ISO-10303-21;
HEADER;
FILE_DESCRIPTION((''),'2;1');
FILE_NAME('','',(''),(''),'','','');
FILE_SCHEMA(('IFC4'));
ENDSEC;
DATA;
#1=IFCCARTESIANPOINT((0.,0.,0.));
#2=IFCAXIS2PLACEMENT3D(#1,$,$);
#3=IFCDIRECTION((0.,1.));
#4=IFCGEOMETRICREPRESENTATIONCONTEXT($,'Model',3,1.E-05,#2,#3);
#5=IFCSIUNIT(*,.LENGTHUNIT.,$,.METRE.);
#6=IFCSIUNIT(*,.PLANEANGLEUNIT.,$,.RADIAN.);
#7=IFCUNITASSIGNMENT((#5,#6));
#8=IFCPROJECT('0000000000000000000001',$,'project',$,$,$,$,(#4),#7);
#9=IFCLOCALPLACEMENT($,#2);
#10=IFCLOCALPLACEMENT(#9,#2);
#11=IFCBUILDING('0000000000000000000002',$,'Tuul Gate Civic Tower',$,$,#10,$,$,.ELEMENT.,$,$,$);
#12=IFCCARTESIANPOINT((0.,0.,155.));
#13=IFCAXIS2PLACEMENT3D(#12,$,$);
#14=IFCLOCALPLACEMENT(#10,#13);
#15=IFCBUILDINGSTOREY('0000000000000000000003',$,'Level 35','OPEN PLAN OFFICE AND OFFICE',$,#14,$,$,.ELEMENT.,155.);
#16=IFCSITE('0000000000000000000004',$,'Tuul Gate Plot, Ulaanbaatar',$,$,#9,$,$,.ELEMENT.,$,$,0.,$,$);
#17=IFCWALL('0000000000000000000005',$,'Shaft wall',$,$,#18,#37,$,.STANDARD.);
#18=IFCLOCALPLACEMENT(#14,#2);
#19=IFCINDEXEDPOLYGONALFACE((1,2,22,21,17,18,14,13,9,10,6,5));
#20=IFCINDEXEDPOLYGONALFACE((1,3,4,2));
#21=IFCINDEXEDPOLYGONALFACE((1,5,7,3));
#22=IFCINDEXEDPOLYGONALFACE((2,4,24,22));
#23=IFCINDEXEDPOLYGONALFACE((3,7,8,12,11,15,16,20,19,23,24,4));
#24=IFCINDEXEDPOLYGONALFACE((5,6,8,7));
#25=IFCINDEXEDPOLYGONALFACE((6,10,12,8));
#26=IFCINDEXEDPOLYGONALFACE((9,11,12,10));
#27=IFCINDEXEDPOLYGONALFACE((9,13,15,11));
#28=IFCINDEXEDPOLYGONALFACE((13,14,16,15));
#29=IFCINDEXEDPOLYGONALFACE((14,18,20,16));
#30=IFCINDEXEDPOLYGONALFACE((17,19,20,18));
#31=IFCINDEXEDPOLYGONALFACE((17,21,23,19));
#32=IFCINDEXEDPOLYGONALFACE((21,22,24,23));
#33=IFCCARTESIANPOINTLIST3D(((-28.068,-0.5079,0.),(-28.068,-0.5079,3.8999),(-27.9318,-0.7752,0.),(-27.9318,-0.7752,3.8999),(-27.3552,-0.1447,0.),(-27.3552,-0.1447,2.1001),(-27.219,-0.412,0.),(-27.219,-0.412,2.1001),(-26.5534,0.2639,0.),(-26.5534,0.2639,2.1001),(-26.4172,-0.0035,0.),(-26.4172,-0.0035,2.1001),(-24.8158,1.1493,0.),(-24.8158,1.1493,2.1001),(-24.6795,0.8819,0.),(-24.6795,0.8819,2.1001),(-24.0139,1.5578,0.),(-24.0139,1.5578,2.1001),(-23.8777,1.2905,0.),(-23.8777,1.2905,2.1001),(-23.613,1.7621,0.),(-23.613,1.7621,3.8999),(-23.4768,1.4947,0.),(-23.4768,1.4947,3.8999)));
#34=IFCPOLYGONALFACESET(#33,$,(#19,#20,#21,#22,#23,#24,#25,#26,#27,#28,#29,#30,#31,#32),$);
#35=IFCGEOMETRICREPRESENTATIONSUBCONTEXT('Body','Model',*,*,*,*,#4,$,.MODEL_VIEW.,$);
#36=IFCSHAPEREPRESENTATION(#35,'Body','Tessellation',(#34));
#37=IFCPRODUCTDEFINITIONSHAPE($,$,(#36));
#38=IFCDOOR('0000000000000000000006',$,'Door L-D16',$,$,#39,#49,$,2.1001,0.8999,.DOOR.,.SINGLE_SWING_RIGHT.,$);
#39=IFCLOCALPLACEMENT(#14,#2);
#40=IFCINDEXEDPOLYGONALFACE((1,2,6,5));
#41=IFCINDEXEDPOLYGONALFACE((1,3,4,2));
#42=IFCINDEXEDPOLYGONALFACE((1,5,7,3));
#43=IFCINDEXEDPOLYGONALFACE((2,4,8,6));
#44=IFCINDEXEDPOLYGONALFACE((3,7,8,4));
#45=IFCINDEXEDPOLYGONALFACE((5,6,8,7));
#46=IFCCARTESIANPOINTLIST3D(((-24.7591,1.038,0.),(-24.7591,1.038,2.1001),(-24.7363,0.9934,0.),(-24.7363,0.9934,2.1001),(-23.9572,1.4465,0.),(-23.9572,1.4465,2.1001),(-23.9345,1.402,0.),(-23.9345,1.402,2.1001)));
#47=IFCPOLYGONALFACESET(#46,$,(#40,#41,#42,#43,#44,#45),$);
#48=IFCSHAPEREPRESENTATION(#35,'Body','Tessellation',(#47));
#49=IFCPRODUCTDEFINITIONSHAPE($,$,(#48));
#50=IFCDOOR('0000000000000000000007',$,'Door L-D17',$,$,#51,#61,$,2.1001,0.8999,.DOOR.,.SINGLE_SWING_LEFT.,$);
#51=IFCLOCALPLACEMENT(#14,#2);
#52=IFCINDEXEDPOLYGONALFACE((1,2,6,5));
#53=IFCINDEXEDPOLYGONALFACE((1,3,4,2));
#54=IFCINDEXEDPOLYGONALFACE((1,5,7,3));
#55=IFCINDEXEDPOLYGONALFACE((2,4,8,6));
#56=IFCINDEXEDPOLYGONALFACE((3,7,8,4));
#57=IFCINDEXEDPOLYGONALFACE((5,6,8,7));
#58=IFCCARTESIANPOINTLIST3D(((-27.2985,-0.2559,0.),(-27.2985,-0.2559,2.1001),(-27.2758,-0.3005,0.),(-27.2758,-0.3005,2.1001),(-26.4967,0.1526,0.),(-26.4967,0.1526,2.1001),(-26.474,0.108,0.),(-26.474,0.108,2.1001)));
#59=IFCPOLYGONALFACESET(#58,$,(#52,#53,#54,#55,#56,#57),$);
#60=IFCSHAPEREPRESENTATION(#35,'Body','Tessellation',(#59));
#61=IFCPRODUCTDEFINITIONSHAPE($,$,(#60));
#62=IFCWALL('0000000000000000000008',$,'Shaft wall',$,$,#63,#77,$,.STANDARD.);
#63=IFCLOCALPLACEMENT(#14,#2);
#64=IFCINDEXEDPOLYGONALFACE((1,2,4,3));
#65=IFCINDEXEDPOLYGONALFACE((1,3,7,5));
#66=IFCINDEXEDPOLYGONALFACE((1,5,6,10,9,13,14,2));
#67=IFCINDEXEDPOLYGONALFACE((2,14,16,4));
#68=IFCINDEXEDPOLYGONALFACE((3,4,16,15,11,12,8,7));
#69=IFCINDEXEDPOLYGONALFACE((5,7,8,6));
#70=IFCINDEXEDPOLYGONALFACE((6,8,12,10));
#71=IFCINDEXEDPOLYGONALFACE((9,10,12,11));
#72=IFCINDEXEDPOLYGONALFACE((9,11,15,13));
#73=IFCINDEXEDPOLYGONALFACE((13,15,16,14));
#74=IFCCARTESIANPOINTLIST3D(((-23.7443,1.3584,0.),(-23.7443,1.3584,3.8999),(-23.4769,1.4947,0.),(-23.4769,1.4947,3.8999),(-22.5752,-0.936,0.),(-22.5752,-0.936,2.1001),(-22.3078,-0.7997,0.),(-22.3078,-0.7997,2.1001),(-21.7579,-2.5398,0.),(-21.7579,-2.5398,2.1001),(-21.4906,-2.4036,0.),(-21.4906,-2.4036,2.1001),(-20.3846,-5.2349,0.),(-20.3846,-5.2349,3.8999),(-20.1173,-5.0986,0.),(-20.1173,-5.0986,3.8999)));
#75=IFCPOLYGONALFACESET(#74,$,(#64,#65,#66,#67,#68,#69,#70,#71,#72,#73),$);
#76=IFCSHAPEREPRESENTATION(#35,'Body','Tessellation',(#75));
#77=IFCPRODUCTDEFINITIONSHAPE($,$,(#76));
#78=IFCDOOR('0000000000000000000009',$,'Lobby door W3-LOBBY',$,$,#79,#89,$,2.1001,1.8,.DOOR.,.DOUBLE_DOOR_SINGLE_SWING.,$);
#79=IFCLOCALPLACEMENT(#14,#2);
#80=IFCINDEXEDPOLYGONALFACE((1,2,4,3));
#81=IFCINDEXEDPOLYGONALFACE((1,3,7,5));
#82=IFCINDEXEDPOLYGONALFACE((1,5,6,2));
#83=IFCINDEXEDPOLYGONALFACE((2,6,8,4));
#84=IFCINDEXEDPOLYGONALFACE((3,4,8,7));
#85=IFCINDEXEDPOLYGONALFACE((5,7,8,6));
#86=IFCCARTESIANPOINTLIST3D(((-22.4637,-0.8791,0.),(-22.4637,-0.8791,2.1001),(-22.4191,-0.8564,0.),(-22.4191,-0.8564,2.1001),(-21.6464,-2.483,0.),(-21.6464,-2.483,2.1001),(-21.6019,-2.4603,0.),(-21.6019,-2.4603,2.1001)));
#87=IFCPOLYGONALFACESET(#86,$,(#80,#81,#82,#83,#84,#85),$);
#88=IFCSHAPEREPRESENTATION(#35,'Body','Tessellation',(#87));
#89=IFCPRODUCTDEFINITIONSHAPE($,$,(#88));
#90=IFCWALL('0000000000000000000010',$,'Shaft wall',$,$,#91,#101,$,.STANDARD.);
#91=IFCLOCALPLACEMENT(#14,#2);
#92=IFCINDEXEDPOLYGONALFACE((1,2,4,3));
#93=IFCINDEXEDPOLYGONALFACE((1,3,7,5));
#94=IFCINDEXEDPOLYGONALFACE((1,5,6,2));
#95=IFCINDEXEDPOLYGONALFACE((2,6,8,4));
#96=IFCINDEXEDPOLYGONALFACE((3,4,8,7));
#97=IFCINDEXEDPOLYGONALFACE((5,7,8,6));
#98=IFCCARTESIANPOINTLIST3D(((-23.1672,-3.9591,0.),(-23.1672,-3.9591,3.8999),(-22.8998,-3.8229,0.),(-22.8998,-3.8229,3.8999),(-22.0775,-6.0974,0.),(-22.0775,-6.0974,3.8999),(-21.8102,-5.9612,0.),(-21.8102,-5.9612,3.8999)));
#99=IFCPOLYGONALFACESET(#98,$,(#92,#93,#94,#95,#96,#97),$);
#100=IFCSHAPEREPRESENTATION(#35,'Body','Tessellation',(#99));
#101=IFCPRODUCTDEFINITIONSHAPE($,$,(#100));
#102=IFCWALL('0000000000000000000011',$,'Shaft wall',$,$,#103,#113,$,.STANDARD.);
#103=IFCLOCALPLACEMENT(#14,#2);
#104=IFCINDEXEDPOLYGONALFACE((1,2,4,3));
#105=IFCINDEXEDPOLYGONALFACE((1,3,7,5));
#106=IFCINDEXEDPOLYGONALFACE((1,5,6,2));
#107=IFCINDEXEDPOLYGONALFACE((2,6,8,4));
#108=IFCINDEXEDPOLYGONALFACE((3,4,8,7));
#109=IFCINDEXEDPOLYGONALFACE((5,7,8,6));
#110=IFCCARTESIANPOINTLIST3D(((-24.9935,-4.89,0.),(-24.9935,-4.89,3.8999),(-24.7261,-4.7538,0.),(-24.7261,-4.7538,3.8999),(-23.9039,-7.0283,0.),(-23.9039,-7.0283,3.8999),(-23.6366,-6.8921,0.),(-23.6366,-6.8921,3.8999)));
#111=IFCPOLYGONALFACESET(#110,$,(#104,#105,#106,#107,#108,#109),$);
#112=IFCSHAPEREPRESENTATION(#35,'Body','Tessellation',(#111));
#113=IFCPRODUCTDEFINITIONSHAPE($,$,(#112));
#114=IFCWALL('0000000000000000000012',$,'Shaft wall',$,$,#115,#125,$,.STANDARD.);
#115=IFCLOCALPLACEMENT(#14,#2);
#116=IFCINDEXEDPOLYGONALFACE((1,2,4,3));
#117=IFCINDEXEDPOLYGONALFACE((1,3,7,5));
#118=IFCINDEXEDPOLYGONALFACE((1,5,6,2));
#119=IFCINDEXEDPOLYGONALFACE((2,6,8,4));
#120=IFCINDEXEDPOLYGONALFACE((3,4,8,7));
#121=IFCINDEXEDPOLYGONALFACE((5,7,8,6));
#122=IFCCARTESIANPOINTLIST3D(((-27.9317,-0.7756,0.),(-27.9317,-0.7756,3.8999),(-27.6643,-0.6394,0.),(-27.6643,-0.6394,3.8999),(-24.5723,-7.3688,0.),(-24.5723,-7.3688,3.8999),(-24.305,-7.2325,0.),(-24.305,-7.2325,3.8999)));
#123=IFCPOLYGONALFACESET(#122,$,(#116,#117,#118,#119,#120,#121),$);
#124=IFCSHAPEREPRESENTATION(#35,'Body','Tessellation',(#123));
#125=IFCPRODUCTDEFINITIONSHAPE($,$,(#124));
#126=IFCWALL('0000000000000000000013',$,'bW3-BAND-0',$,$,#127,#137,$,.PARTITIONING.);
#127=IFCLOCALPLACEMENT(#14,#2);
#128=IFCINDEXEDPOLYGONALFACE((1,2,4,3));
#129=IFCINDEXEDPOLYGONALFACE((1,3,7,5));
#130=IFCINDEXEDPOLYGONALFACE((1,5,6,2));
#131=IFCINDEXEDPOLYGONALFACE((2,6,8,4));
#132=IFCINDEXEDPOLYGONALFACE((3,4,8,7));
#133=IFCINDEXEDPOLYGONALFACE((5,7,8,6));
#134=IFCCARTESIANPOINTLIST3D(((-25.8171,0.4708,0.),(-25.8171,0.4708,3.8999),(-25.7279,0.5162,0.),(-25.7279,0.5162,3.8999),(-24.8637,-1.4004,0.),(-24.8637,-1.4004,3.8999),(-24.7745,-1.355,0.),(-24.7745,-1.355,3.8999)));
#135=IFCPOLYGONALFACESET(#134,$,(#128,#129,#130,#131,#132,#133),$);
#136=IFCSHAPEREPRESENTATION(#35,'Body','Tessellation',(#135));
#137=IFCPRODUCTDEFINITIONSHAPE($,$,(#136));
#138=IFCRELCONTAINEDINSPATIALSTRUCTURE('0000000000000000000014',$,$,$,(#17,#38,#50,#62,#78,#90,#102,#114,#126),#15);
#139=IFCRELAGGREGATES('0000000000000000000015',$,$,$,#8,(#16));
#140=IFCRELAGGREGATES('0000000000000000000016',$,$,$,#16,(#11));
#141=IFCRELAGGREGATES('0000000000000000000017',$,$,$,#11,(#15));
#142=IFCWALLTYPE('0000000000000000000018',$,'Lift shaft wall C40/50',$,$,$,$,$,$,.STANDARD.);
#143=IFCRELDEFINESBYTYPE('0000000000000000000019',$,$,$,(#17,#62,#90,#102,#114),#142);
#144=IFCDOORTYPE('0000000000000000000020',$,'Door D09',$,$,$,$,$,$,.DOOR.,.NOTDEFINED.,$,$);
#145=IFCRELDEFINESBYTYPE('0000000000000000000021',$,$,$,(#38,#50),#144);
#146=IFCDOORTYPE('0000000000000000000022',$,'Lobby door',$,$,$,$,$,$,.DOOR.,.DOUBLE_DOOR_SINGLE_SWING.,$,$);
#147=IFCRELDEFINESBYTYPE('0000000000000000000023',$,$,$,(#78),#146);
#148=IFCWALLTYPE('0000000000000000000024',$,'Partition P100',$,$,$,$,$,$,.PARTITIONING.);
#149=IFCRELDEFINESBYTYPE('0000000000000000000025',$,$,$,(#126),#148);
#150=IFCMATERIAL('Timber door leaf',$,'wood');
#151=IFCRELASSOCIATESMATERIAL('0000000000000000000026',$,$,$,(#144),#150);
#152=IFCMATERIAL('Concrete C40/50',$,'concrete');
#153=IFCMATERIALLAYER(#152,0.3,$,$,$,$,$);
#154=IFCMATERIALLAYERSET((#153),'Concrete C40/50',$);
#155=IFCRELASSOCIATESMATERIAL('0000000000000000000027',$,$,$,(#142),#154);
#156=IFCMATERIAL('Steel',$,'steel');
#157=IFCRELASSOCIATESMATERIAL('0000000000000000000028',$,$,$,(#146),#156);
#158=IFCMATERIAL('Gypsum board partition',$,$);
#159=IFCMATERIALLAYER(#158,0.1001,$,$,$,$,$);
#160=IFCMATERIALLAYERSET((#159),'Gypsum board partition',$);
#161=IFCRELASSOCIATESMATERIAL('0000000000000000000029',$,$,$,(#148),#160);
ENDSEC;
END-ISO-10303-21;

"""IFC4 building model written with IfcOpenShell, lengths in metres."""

from ifc_helpers import new_model, si_unit, direction, frame, frame_2d, origin, place, context, subcontext, project, spatial, rectangle, extrude, material, layer, layer_set, type_object, element, fill, save


model = new_model("IFC4")

# Units and contexts
model_context = context("Model", 3, precision=1e-05, world=origin(), true_north=direction((0.0, 1.0)))
body_context = subcontext(model_context, "Body", "Model", "MODEL_VIEW")
ifc_project = project(units=[si_unit("LENGTHUNIT", "METRE"), si_unit("PLANEANGLEUNIT", "RADIAN")], contexts=[model_context])

# Site, building, storey
site_placement = place(None, origin())
site = spatial("IfcSite", under=ifc_project, at=site_placement, Name="Tuul Gate Plot, Ulaanbaatar", CompositionType="ELEMENT", RefElevation=0.0)
building_placement = place(site_placement, origin())
building = spatial("IfcBuilding", under=site, at=building_placement, Name="Tuul Gate Civic Tower", CompositionType="ELEMENT")
storey_placement = place(building_placement, frame((0.0, 0.0, 155.0)))
storey = spatial("IfcBuildingStorey", under=building, at=storey_placement, Name="Level 35", Description="OPEN PLAN OFFICE AND OFFICE", CompositionType="ELEMENT", Elevation=155.0)

# Shared definitions
ifc_material_1 = material(Name="Timber door leaf", Category="wood")
door_type_1 = type_object("IfcDoorType", Name="Door D09", OperationType="NOTDEFINED", PredefinedType="DOOR", material=ifc_material_1)

# Shared definitions
ifc_material_2 = material(Name="Concrete C40/50", Category="concrete")
ifc_layer_1 = layer(ifc_material_2, 0.3)
ifc_layer_set_1 = layer_set([ifc_layer_1], Name="Concrete C40/50")
wall_type_1 = type_object("IfcWallType", Name="Lift shaft wall C40/50", PredefinedType="STANDARD", material=ifc_layer_set_1)

# Wall, openings, doors
wall_1_placement = place(storey_placement, frame((-23.5449, 1.6284, 0.0), z_axis=(0.0, 0.0, 1.0), x_axis=(-0.891003, -0.453997, 0.0)))
wall_1 = element("IfcWall", 1, at=wall_1_placement, inside=storey, type_object=wall_type_1, Name="Shaft wall", PredefinedType="STANDARD", context=body_context, shape_type="SweptSolid", body=[
    extrude(rectangle(XDim=5.0, YDim=0.3, at=frame_2d((2.5, 0.0))), origin(), (0.0, 0.0, 1.0), 3.8999),
])
opening_1_placement = place(wall_1_placement, frame((0.45, 0.0, 0.0)))
opening_1 = element("IfcOpeningElement", 2, at=opening_1_placement, cuts=wall_1, PredefinedType="OPENING", context=body_context, shape_type="SweptSolid", body=[
    extrude(rectangle(XDim=0.8999, YDim=2.1001, at=frame_2d((0.45, 1.05))), frame((0.0, 0.1602, 0.0), z_axis=(0.0, -1.0, 0.0), x_axis=(1.0, 0.0, 0.0)), (0.0, 0.0, 1.0), 0.3201),
])
opening_2_placement = place(wall_1_placement, frame((3.3, 0.0, 0.0)))
opening_2 = element("IfcOpeningElement", 3, at=opening_2_placement, cuts=wall_1, PredefinedType="OPENING", context=body_context, shape_type="SweptSolid", body=[
    extrude(rectangle(XDim=0.8999, YDim=2.1001, at=frame_2d((0.45, 1.05))), frame((0.0, 0.1602, 0.0), z_axis=(0.0, -1.0, 0.0), x_axis=(1.0, 0.0, 0.0)), (0.0, 0.0, 1.0), 0.3201),
])
door_1_placement = place(opening_1_placement, origin())
door_1 = element("IfcDoor", 4, at=door_1_placement, inside=storey, type_object=door_type_1, Name="Door L-D16", OperationType="SINGLE_SWING_RIGHT", OverallHeight=2.1001, OverallWidth=0.8999, PredefinedType="DOOR", context=body_context, shape_type="SweptSolid", body=[
    extrude(rectangle(XDim=0.8999, YDim=2.1001, at=frame_2d((0.45, 1.05))), frame((0.0, 0.0249, 0.0), z_axis=(0.0, -1.0, 0.0), x_axis=(1.0, 0.0, 0.0)), (0.0, 0.0, 1.0), 0.05),
])
fill(opening_1, door_1)
door_2_placement = place(opening_2_placement, origin())
door_2 = element("IfcDoor", 5, at=door_2_placement, inside=storey, type_object=door_type_1, Name="Door L-D17", OperationType="SINGLE_SWING_LEFT", OverallHeight=2.1001, OverallWidth=0.8999, PredefinedType="DOOR", context=body_context, shape_type="SweptSolid", body=[
    extrude(rectangle(XDim=0.8999, YDim=2.1001, at=frame_2d((0.45, 1.05))), frame((0.0, 0.0249, 0.0), z_axis=(0.0, -1.0, 0.0), x_axis=(1.0, 0.0, 0.0)), (0.0, 0.0, 1.0), 0.05),
])
fill(opening_2, door_2)

# Wall, opening, door
wall_2_placement = place(storey_placement, frame((-20.251, -5.1667, 0.0), z_axis=(0.0, 0.0, 1.0), x_axis=(-0.45401, 0.890996, 0.0)))
wall_2 = element("IfcWall", 6, at=wall_2_placement, inside=storey, type_object=wall_type_1, Name="Shaft wall", PredefinedType="STANDARD", context=body_context, shape_type="SweptSolid", body=[
    extrude(rectangle(XDim=7.3999, YDim=0.3, at=frame_2d((3.7, 0.0))), origin(), (0.0, 0.0, 1.0), 3.8999),
])
opening_3_placement = place(wall_2_placement, frame((3.0249, 0.0, 0.0)))
opening_3 = element("IfcOpeningElement", 7, at=opening_3_placement, cuts=wall_2, PredefinedType="OPENING", context=body_context, shape_type="SweptSolid", body=[
    extrude(rectangle(XDim=1.8, YDim=2.1001, at=frame_2d((0.8999, 1.05))), frame((0.0, 0.1602, 0.0), z_axis=(0.0, -1.0, 0.0), x_axis=(1.0, 0.0, 0.0)), (0.0, 0.0, 1.0), 0.3201),
])
ifc_material_3 = material(Name="Steel", Category="steel")
door_type_2 = type_object("IfcDoorType", Name="Lobby door", OperationType="DOUBLE_DOOR_SINGLE_SWING", PredefinedType="DOOR", material=ifc_material_3)
door_3_placement = place(opening_3_placement, origin())
door_3 = element("IfcDoor", 8, at=door_3_placement, inside=storey, type_object=door_type_2, Name="Lobby door W3-LOBBY", OperationType="DOUBLE_DOOR_SINGLE_SWING", OverallHeight=2.1001, OverallWidth=1.8, PredefinedType="DOOR", context=body_context, shape_type="SweptSolid", body=[
    extrude(rectangle(XDim=1.8, YDim=2.1001, at=frame_2d((0.8999, 1.05))), frame((0.0, 0.0249, 0.0), z_axis=(0.0, -1.0, 0.0), x_axis=(1.0, 0.0, 0.0)), (0.0, 0.0, 1.0), 0.05),
])
fill(opening_3, door_3)

# Walls
for number, where, z_axis, x_axis, name in (
    (9, (-21.9438, -6.0293, 0.0), (0.0, 0.0, 1.0), (-0.454037, 0.890983, 0.0), "Shaft wall"),
    (10, (-23.7703, -6.9602, 0.0), (0.0, 0.0, 1.0), (-0.453996, 0.891004, 0.0), "Shaft wall"),
):
    element("IfcWall", number, at=place(storey_placement, frame(where, z_axis=z_axis, x_axis=x_axis)), inside=storey, type_object=wall_type_1, Name=name, PredefinedType="STANDARD", context=body_context, shape_type="SweptSolid", body=[
        extrude(rectangle(XDim=2.3999, YDim=0.3, at=frame_2d((1.2, 0.0))), origin(), (0.0, 0.0, 1.0), 3.8999),
    ])
wall_3_placement = place(storey_placement, frame((-24.4387, -7.3005, 0.0), z_axis=(0.0, 0.0, 1.0), x_axis=(-0.453984, 0.89101, 0.0)))
element("IfcWall", 11, at=wall_3_placement, inside=storey, type_object=wall_type_1, Name="Shaft wall", PredefinedType="STANDARD", context=body_context, shape_type="SweptSolid", body=[
    extrude(rectangle(XDim=7.3997, YDim=0.3, at=frame_2d((3.6997, 0.0))), origin(), (0.0, 0.0, 1.0), 3.8999),
])
ifc_material_4 = material(Name="Gypsum board partition")
ifc_layer_2 = layer(ifc_material_4, 0.1001)
ifc_layer_set_2 = layer_set([ifc_layer_2], Name="Gypsum board partition")
wall_type_2 = type_object("IfcWallType", Name="Partition P100", PredefinedType="PARTITIONING", material=ifc_layer_set_2)
wall_4_placement = place(storey_placement, frame((-24.8191, -1.3777, 0.0), z_axis=(0.0, 0.0, 1.0), x_axis=(-0.45399, 0.891007, 0.0)))
element("IfcWall", 12, at=wall_4_placement, inside=storey, type_object=wall_type_2, Name="bW3-BAND-0", PredefinedType="PARTITIONING", context=body_context, shape_type="SweptSolid", body=[
    extrude(rectangle(XDim=2.1001, YDim=0.1001, at=frame_2d((1.05, 0.0))), origin(), (0.0, 0.0, 1.0), 3.8999),
])

save(model, "model.ifc")
